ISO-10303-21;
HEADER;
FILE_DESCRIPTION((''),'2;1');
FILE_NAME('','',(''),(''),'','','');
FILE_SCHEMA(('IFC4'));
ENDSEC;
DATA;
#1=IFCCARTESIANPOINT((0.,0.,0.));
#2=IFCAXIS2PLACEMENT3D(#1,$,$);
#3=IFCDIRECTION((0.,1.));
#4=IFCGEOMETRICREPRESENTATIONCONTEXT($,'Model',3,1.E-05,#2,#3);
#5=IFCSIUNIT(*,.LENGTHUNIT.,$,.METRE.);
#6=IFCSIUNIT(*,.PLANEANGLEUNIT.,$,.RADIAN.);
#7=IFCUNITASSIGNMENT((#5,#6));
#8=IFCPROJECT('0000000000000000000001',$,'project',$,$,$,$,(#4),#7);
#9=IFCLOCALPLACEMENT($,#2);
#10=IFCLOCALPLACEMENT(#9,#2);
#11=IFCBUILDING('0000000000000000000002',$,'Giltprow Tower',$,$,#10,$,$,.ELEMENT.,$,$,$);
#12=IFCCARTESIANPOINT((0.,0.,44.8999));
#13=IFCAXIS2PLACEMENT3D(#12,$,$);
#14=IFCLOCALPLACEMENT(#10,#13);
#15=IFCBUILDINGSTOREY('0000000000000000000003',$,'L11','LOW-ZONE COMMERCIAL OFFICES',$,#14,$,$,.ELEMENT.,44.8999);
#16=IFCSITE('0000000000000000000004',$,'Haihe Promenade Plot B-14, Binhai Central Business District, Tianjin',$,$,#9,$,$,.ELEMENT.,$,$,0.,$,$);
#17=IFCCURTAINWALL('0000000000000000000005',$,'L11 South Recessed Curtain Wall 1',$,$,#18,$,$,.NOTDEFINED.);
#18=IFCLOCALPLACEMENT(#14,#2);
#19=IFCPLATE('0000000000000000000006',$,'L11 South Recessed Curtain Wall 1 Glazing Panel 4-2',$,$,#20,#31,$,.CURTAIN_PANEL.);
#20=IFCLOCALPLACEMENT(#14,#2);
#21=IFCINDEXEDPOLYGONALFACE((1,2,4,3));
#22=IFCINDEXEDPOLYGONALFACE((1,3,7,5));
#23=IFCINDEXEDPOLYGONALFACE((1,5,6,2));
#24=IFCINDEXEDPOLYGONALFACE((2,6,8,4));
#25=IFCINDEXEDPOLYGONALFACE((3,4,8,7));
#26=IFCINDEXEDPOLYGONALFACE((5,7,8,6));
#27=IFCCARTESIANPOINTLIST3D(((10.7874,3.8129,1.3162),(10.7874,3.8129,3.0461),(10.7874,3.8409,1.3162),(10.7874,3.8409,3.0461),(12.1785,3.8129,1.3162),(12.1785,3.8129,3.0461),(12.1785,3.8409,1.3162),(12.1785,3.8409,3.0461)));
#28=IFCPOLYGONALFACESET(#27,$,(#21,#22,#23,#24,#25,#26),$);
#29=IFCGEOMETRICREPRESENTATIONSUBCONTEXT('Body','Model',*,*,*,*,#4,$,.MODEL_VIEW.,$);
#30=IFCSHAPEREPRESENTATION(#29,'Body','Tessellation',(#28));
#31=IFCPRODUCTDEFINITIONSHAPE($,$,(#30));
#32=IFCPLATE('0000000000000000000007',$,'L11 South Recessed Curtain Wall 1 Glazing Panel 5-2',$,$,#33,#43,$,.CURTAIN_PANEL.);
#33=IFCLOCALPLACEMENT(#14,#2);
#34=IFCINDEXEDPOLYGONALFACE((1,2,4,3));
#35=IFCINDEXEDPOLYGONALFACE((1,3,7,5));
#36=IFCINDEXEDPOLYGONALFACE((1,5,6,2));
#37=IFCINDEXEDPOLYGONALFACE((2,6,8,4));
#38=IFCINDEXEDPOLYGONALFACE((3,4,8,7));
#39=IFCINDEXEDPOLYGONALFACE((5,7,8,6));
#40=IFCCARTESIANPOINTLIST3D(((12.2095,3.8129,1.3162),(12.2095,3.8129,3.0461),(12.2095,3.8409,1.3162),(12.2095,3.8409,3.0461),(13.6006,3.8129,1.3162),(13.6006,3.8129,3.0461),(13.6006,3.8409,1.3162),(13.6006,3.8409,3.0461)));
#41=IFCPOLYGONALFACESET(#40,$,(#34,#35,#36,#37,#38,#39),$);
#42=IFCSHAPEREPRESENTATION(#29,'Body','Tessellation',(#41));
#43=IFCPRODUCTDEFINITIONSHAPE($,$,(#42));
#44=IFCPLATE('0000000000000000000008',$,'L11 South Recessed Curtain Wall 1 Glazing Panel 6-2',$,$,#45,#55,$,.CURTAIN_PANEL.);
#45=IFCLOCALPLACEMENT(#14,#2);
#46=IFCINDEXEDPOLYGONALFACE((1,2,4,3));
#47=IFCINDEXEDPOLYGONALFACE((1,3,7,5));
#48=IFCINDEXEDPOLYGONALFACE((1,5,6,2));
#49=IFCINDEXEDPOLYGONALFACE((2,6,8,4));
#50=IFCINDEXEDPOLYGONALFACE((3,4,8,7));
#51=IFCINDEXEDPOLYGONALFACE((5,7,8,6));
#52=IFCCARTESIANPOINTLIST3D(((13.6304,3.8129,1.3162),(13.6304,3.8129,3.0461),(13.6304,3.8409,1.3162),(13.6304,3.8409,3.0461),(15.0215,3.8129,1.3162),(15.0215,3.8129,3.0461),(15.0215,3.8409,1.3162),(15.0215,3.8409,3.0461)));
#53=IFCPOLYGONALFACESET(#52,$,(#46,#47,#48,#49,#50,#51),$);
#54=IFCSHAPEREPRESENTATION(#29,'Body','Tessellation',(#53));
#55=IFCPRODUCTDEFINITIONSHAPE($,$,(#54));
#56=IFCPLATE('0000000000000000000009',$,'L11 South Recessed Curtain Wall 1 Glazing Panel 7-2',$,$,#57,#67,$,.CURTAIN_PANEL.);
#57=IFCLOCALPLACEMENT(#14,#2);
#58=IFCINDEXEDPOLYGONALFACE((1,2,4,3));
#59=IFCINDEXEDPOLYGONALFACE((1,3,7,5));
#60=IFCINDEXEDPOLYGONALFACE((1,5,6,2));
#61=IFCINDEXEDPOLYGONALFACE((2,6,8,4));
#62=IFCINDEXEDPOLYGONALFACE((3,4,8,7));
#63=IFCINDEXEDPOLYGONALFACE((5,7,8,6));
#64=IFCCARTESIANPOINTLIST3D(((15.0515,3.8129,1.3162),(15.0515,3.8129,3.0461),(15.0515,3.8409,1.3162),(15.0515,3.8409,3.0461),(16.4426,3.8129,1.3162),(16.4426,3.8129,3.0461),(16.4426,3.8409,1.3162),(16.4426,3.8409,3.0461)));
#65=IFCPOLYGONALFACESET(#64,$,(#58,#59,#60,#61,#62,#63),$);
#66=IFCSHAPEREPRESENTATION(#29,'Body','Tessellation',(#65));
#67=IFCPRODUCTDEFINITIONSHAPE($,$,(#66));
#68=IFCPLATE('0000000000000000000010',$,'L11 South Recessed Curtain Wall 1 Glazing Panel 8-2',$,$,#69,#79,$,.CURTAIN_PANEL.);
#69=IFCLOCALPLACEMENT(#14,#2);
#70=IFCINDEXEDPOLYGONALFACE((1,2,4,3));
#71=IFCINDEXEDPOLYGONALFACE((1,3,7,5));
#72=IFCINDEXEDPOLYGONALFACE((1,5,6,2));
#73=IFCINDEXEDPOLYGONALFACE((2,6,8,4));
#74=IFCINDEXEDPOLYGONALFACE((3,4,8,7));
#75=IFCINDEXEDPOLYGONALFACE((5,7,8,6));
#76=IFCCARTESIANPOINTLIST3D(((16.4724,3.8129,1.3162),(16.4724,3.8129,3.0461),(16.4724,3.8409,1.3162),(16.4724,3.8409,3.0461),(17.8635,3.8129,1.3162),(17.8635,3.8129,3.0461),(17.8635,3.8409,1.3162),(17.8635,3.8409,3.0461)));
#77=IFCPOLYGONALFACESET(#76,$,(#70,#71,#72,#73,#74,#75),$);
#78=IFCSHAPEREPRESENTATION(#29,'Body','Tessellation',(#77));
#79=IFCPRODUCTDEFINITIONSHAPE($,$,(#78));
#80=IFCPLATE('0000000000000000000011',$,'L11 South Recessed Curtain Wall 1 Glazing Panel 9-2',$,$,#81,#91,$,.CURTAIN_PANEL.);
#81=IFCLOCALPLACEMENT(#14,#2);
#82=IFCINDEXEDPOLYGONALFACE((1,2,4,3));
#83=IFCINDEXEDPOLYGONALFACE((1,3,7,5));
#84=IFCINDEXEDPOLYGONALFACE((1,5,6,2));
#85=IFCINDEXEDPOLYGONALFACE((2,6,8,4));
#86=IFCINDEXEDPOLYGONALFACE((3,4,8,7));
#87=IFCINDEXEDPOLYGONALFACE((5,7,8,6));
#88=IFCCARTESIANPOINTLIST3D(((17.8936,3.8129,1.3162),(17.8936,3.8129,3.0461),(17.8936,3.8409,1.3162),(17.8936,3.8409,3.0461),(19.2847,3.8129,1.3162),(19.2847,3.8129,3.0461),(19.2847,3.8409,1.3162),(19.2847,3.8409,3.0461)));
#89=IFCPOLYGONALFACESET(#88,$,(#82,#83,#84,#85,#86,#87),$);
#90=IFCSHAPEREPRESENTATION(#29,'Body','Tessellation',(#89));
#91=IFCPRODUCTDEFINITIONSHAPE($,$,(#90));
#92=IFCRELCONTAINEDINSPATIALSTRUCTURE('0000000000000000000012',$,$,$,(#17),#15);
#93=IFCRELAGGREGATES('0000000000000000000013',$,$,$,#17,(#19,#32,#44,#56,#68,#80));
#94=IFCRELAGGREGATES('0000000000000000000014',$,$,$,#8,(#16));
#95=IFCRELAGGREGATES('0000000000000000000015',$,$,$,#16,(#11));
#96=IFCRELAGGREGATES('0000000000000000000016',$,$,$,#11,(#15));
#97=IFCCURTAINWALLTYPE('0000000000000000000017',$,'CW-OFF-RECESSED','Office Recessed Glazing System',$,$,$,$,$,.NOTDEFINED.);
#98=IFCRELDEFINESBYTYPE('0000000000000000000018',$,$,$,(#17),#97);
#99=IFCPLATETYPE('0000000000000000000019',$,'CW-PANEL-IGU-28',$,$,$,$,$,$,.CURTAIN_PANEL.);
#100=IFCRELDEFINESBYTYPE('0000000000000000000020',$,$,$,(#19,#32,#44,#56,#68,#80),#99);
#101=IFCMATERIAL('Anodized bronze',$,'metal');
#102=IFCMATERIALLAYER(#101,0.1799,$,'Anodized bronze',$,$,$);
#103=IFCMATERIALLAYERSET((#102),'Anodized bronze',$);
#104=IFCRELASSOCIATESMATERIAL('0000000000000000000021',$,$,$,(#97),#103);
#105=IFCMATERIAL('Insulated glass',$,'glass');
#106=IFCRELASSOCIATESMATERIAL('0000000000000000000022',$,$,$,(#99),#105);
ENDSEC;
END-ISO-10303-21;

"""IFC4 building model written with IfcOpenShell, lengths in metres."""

from ifc_helpers import new_model, si_unit, direction, frame, origin, origin_2d, place, context, subcontext, project, spatial, rectangle, extrude, source, transform, mapped, material, layer, layer_set, type_object, element, aggregate, save


model = new_model("IFC4")

# Units and contexts
model_context = context("Model", 3, precision=1e-05, world=origin(), true_north=direction((0.0, 1.0)))
body_context = subcontext(model_context, "Body", "Model", "MODEL_VIEW")
ifc_project = project(units=[si_unit("LENGTHUNIT", "METRE"), si_unit("PLANEANGLEUNIT", "RADIAN")], contexts=[model_context])

# Site, building, storey
site_placement = place(None, origin())
site = spatial("IfcSite", under=ifc_project, at=site_placement, Name="Haihe Promenade Plot B-14, Binhai Central Business District, Tianjin", CompositionType="ELEMENT", RefElevation=0.0)
building_placement = place(site_placement, origin())
building = spatial("IfcBuilding", under=site, at=building_placement, Name="Giltprow Tower", CompositionType="ELEMENT")
storey_placement = place(building_placement, frame((0.0, 0.0, 44.8999)))
storey = spatial("IfcBuildingStorey", under=building, at=storey_placement, Name="L11", Description="LOW-ZONE COMMERCIAL OFFICES", CompositionType="ELEMENT", Elevation=44.8999)

# Curtain wall, plates
ifc_material_1 = material(Name="Anodized bronze", Category="metal")
ifc_layer = layer(ifc_material_1, 0.1799, Name="Anodized bronze")
ifc_layer_set = layer_set([ifc_layer], Name="Anodized bronze")
curtain_wall_type = type_object("IfcCurtainWallType", Name="CW-OFF-RECESSED", Description="Office Recessed Glazing System", PredefinedType="NOTDEFINED", material=ifc_layer_set)
curtain_wall_placement = place(storey_placement, origin())
curtain_wall = element("IfcCurtainWall", 1, at=curtain_wall_placement, inside=storey, type_object=curtain_wall_type, Name="L11 South Recessed Curtain Wall 1", PredefinedType="NOTDEFINED")
ifc_material_2 = material(Name="Insulated glass", Category="glass")
plate_type = type_object("IfcPlateType", Name="CW-PANEL-IGU-28", PredefinedType="CURTAIN_PANEL", material=ifc_material_2)
shared_shape_1 = source(origin(), body_context, "Body", "SweptSolid", [
    extrude(rectangle(XDim=1.3911, YDim=0.0281, at=origin_2d()), origin(), (0.0, 0.0, 1.0), 1.73),
])
plate_1_placement = place(storey_placement, frame((11.4829, 3.8269, 1.3162), z_axis=(0.0, 0.0, 1.0), x_axis=(1.0, 0.0, 0.0)))
plate_1 = element("IfcPlate", 2, at=plate_1_placement, type_object=plate_type, Name="L11 South Recessed Curtain Wall 1 Glazing Panel 4-2", PredefinedType="CURTAIN_PANEL", context=body_context, shape_type="MappedRepresentation", body=[
    mapped(shared_shape_1, transform((0.0, 0.0, 0.0), x_axis=(1.0, 0.0, 0.0), y_axis=(0.0, 1.0, 0.0), z_axis=(0.0, 0.0, 1.0), scale=1.0)),
])
plate_2_placement = place(storey_placement, frame((12.905, 3.8269, 1.3162), z_axis=(0.0, 0.0, 1.0), x_axis=(1.0, 0.0, 0.0)))
plate_2 = element("IfcPlate", 3, at=plate_2_placement, type_object=plate_type, Name="L11 South Recessed Curtain Wall 1 Glazing Panel 5-2", PredefinedType="CURTAIN_PANEL", context=body_context, shape_type="MappedRepresentation", body=[
    mapped(shared_shape_1, transform((0.0, 0.0, 0.0), x_axis=(1.0, 0.0, 0.0), y_axis=(0.0, 1.0, 0.0), z_axis=(0.0, 0.0, 1.0), scale=1.0)),
])
plate_3_placement = place(storey_placement, frame((14.3259, 3.8269, 1.3162), z_axis=(0.0, 0.0, 1.0), x_axis=(1.0, 0.0, 0.0)))
plate_3 = element("IfcPlate", 4, at=plate_3_placement, type_object=plate_type, Name="L11 South Recessed Curtain Wall 1 Glazing Panel 6-2", PredefinedType="CURTAIN_PANEL", context=body_context, shape_type="MappedRepresentation", body=[
    mapped(shared_shape_1, transform((0.0, 0.0, 0.0), x_axis=(1.0, 0.0, 0.0), y_axis=(0.0, 1.0, 0.0), z_axis=(0.0, 0.0, 1.0), scale=1.0)),
])
plate_4_placement = place(storey_placement, frame((15.7471, 3.8269, 1.3162), z_axis=(0.0, 0.0, 1.0), x_axis=(1.0, 0.0, 0.0)))
plate_4 = element("IfcPlate", 5, at=plate_4_placement, type_object=plate_type, Name="L11 South Recessed Curtain Wall 1 Glazing Panel 7-2", PredefinedType="CURTAIN_PANEL", context=body_context, shape_type="MappedRepresentation", body=[
    mapped(shared_shape_1, transform((0.0, 0.0, 0.0), x_axis=(1.0, 0.0, 0.0), y_axis=(0.0, 1.0, 0.0), z_axis=(0.0, 0.0, 1.0), scale=1.0)),
])
plate_5_placement = place(storey_placement, frame((17.168, 3.8269, 1.3162), z_axis=(0.0, 0.0, 1.0), x_axis=(1.0, 0.0, 0.0)))
plate_5 = element("IfcPlate", 6, at=plate_5_placement, type_object=plate_type, Name="L11 South Recessed Curtain Wall 1 Glazing Panel 8-2", PredefinedType="CURTAIN_PANEL", context=body_context, shape_type="MappedRepresentation", body=[
    mapped(shared_shape_1, transform((0.0, 0.0, 0.0), x_axis=(1.0, 0.0, 0.0), y_axis=(0.0, 1.0, 0.0), z_axis=(0.0, 0.0, 1.0), scale=1.0)),
])
plate_6_placement = place(storey_placement, frame((18.5891, 3.8269, 1.3162), z_axis=(0.0, 0.0, 1.0), x_axis=(1.0, 0.0, 0.0)))
plate_6 = element("IfcPlate", 7, at=plate_6_placement, type_object=plate_type, Name="L11 South Recessed Curtain Wall 1 Glazing Panel 9-2", PredefinedType="CURTAIN_PANEL", context=body_context, shape_type="MappedRepresentation", body=[
    mapped(shared_shape_1, transform((0.0, 0.0, 0.0), x_axis=(1.0, 0.0, 0.0), y_axis=(0.0, 1.0, 0.0), z_axis=(0.0, 0.0, 1.0), scale=1.0)),
])
aggregate(curtain_wall, [plate_1, plate_2, plate_3, plate_4, plate_5, plate_6])

save(model, "model.ifc")
